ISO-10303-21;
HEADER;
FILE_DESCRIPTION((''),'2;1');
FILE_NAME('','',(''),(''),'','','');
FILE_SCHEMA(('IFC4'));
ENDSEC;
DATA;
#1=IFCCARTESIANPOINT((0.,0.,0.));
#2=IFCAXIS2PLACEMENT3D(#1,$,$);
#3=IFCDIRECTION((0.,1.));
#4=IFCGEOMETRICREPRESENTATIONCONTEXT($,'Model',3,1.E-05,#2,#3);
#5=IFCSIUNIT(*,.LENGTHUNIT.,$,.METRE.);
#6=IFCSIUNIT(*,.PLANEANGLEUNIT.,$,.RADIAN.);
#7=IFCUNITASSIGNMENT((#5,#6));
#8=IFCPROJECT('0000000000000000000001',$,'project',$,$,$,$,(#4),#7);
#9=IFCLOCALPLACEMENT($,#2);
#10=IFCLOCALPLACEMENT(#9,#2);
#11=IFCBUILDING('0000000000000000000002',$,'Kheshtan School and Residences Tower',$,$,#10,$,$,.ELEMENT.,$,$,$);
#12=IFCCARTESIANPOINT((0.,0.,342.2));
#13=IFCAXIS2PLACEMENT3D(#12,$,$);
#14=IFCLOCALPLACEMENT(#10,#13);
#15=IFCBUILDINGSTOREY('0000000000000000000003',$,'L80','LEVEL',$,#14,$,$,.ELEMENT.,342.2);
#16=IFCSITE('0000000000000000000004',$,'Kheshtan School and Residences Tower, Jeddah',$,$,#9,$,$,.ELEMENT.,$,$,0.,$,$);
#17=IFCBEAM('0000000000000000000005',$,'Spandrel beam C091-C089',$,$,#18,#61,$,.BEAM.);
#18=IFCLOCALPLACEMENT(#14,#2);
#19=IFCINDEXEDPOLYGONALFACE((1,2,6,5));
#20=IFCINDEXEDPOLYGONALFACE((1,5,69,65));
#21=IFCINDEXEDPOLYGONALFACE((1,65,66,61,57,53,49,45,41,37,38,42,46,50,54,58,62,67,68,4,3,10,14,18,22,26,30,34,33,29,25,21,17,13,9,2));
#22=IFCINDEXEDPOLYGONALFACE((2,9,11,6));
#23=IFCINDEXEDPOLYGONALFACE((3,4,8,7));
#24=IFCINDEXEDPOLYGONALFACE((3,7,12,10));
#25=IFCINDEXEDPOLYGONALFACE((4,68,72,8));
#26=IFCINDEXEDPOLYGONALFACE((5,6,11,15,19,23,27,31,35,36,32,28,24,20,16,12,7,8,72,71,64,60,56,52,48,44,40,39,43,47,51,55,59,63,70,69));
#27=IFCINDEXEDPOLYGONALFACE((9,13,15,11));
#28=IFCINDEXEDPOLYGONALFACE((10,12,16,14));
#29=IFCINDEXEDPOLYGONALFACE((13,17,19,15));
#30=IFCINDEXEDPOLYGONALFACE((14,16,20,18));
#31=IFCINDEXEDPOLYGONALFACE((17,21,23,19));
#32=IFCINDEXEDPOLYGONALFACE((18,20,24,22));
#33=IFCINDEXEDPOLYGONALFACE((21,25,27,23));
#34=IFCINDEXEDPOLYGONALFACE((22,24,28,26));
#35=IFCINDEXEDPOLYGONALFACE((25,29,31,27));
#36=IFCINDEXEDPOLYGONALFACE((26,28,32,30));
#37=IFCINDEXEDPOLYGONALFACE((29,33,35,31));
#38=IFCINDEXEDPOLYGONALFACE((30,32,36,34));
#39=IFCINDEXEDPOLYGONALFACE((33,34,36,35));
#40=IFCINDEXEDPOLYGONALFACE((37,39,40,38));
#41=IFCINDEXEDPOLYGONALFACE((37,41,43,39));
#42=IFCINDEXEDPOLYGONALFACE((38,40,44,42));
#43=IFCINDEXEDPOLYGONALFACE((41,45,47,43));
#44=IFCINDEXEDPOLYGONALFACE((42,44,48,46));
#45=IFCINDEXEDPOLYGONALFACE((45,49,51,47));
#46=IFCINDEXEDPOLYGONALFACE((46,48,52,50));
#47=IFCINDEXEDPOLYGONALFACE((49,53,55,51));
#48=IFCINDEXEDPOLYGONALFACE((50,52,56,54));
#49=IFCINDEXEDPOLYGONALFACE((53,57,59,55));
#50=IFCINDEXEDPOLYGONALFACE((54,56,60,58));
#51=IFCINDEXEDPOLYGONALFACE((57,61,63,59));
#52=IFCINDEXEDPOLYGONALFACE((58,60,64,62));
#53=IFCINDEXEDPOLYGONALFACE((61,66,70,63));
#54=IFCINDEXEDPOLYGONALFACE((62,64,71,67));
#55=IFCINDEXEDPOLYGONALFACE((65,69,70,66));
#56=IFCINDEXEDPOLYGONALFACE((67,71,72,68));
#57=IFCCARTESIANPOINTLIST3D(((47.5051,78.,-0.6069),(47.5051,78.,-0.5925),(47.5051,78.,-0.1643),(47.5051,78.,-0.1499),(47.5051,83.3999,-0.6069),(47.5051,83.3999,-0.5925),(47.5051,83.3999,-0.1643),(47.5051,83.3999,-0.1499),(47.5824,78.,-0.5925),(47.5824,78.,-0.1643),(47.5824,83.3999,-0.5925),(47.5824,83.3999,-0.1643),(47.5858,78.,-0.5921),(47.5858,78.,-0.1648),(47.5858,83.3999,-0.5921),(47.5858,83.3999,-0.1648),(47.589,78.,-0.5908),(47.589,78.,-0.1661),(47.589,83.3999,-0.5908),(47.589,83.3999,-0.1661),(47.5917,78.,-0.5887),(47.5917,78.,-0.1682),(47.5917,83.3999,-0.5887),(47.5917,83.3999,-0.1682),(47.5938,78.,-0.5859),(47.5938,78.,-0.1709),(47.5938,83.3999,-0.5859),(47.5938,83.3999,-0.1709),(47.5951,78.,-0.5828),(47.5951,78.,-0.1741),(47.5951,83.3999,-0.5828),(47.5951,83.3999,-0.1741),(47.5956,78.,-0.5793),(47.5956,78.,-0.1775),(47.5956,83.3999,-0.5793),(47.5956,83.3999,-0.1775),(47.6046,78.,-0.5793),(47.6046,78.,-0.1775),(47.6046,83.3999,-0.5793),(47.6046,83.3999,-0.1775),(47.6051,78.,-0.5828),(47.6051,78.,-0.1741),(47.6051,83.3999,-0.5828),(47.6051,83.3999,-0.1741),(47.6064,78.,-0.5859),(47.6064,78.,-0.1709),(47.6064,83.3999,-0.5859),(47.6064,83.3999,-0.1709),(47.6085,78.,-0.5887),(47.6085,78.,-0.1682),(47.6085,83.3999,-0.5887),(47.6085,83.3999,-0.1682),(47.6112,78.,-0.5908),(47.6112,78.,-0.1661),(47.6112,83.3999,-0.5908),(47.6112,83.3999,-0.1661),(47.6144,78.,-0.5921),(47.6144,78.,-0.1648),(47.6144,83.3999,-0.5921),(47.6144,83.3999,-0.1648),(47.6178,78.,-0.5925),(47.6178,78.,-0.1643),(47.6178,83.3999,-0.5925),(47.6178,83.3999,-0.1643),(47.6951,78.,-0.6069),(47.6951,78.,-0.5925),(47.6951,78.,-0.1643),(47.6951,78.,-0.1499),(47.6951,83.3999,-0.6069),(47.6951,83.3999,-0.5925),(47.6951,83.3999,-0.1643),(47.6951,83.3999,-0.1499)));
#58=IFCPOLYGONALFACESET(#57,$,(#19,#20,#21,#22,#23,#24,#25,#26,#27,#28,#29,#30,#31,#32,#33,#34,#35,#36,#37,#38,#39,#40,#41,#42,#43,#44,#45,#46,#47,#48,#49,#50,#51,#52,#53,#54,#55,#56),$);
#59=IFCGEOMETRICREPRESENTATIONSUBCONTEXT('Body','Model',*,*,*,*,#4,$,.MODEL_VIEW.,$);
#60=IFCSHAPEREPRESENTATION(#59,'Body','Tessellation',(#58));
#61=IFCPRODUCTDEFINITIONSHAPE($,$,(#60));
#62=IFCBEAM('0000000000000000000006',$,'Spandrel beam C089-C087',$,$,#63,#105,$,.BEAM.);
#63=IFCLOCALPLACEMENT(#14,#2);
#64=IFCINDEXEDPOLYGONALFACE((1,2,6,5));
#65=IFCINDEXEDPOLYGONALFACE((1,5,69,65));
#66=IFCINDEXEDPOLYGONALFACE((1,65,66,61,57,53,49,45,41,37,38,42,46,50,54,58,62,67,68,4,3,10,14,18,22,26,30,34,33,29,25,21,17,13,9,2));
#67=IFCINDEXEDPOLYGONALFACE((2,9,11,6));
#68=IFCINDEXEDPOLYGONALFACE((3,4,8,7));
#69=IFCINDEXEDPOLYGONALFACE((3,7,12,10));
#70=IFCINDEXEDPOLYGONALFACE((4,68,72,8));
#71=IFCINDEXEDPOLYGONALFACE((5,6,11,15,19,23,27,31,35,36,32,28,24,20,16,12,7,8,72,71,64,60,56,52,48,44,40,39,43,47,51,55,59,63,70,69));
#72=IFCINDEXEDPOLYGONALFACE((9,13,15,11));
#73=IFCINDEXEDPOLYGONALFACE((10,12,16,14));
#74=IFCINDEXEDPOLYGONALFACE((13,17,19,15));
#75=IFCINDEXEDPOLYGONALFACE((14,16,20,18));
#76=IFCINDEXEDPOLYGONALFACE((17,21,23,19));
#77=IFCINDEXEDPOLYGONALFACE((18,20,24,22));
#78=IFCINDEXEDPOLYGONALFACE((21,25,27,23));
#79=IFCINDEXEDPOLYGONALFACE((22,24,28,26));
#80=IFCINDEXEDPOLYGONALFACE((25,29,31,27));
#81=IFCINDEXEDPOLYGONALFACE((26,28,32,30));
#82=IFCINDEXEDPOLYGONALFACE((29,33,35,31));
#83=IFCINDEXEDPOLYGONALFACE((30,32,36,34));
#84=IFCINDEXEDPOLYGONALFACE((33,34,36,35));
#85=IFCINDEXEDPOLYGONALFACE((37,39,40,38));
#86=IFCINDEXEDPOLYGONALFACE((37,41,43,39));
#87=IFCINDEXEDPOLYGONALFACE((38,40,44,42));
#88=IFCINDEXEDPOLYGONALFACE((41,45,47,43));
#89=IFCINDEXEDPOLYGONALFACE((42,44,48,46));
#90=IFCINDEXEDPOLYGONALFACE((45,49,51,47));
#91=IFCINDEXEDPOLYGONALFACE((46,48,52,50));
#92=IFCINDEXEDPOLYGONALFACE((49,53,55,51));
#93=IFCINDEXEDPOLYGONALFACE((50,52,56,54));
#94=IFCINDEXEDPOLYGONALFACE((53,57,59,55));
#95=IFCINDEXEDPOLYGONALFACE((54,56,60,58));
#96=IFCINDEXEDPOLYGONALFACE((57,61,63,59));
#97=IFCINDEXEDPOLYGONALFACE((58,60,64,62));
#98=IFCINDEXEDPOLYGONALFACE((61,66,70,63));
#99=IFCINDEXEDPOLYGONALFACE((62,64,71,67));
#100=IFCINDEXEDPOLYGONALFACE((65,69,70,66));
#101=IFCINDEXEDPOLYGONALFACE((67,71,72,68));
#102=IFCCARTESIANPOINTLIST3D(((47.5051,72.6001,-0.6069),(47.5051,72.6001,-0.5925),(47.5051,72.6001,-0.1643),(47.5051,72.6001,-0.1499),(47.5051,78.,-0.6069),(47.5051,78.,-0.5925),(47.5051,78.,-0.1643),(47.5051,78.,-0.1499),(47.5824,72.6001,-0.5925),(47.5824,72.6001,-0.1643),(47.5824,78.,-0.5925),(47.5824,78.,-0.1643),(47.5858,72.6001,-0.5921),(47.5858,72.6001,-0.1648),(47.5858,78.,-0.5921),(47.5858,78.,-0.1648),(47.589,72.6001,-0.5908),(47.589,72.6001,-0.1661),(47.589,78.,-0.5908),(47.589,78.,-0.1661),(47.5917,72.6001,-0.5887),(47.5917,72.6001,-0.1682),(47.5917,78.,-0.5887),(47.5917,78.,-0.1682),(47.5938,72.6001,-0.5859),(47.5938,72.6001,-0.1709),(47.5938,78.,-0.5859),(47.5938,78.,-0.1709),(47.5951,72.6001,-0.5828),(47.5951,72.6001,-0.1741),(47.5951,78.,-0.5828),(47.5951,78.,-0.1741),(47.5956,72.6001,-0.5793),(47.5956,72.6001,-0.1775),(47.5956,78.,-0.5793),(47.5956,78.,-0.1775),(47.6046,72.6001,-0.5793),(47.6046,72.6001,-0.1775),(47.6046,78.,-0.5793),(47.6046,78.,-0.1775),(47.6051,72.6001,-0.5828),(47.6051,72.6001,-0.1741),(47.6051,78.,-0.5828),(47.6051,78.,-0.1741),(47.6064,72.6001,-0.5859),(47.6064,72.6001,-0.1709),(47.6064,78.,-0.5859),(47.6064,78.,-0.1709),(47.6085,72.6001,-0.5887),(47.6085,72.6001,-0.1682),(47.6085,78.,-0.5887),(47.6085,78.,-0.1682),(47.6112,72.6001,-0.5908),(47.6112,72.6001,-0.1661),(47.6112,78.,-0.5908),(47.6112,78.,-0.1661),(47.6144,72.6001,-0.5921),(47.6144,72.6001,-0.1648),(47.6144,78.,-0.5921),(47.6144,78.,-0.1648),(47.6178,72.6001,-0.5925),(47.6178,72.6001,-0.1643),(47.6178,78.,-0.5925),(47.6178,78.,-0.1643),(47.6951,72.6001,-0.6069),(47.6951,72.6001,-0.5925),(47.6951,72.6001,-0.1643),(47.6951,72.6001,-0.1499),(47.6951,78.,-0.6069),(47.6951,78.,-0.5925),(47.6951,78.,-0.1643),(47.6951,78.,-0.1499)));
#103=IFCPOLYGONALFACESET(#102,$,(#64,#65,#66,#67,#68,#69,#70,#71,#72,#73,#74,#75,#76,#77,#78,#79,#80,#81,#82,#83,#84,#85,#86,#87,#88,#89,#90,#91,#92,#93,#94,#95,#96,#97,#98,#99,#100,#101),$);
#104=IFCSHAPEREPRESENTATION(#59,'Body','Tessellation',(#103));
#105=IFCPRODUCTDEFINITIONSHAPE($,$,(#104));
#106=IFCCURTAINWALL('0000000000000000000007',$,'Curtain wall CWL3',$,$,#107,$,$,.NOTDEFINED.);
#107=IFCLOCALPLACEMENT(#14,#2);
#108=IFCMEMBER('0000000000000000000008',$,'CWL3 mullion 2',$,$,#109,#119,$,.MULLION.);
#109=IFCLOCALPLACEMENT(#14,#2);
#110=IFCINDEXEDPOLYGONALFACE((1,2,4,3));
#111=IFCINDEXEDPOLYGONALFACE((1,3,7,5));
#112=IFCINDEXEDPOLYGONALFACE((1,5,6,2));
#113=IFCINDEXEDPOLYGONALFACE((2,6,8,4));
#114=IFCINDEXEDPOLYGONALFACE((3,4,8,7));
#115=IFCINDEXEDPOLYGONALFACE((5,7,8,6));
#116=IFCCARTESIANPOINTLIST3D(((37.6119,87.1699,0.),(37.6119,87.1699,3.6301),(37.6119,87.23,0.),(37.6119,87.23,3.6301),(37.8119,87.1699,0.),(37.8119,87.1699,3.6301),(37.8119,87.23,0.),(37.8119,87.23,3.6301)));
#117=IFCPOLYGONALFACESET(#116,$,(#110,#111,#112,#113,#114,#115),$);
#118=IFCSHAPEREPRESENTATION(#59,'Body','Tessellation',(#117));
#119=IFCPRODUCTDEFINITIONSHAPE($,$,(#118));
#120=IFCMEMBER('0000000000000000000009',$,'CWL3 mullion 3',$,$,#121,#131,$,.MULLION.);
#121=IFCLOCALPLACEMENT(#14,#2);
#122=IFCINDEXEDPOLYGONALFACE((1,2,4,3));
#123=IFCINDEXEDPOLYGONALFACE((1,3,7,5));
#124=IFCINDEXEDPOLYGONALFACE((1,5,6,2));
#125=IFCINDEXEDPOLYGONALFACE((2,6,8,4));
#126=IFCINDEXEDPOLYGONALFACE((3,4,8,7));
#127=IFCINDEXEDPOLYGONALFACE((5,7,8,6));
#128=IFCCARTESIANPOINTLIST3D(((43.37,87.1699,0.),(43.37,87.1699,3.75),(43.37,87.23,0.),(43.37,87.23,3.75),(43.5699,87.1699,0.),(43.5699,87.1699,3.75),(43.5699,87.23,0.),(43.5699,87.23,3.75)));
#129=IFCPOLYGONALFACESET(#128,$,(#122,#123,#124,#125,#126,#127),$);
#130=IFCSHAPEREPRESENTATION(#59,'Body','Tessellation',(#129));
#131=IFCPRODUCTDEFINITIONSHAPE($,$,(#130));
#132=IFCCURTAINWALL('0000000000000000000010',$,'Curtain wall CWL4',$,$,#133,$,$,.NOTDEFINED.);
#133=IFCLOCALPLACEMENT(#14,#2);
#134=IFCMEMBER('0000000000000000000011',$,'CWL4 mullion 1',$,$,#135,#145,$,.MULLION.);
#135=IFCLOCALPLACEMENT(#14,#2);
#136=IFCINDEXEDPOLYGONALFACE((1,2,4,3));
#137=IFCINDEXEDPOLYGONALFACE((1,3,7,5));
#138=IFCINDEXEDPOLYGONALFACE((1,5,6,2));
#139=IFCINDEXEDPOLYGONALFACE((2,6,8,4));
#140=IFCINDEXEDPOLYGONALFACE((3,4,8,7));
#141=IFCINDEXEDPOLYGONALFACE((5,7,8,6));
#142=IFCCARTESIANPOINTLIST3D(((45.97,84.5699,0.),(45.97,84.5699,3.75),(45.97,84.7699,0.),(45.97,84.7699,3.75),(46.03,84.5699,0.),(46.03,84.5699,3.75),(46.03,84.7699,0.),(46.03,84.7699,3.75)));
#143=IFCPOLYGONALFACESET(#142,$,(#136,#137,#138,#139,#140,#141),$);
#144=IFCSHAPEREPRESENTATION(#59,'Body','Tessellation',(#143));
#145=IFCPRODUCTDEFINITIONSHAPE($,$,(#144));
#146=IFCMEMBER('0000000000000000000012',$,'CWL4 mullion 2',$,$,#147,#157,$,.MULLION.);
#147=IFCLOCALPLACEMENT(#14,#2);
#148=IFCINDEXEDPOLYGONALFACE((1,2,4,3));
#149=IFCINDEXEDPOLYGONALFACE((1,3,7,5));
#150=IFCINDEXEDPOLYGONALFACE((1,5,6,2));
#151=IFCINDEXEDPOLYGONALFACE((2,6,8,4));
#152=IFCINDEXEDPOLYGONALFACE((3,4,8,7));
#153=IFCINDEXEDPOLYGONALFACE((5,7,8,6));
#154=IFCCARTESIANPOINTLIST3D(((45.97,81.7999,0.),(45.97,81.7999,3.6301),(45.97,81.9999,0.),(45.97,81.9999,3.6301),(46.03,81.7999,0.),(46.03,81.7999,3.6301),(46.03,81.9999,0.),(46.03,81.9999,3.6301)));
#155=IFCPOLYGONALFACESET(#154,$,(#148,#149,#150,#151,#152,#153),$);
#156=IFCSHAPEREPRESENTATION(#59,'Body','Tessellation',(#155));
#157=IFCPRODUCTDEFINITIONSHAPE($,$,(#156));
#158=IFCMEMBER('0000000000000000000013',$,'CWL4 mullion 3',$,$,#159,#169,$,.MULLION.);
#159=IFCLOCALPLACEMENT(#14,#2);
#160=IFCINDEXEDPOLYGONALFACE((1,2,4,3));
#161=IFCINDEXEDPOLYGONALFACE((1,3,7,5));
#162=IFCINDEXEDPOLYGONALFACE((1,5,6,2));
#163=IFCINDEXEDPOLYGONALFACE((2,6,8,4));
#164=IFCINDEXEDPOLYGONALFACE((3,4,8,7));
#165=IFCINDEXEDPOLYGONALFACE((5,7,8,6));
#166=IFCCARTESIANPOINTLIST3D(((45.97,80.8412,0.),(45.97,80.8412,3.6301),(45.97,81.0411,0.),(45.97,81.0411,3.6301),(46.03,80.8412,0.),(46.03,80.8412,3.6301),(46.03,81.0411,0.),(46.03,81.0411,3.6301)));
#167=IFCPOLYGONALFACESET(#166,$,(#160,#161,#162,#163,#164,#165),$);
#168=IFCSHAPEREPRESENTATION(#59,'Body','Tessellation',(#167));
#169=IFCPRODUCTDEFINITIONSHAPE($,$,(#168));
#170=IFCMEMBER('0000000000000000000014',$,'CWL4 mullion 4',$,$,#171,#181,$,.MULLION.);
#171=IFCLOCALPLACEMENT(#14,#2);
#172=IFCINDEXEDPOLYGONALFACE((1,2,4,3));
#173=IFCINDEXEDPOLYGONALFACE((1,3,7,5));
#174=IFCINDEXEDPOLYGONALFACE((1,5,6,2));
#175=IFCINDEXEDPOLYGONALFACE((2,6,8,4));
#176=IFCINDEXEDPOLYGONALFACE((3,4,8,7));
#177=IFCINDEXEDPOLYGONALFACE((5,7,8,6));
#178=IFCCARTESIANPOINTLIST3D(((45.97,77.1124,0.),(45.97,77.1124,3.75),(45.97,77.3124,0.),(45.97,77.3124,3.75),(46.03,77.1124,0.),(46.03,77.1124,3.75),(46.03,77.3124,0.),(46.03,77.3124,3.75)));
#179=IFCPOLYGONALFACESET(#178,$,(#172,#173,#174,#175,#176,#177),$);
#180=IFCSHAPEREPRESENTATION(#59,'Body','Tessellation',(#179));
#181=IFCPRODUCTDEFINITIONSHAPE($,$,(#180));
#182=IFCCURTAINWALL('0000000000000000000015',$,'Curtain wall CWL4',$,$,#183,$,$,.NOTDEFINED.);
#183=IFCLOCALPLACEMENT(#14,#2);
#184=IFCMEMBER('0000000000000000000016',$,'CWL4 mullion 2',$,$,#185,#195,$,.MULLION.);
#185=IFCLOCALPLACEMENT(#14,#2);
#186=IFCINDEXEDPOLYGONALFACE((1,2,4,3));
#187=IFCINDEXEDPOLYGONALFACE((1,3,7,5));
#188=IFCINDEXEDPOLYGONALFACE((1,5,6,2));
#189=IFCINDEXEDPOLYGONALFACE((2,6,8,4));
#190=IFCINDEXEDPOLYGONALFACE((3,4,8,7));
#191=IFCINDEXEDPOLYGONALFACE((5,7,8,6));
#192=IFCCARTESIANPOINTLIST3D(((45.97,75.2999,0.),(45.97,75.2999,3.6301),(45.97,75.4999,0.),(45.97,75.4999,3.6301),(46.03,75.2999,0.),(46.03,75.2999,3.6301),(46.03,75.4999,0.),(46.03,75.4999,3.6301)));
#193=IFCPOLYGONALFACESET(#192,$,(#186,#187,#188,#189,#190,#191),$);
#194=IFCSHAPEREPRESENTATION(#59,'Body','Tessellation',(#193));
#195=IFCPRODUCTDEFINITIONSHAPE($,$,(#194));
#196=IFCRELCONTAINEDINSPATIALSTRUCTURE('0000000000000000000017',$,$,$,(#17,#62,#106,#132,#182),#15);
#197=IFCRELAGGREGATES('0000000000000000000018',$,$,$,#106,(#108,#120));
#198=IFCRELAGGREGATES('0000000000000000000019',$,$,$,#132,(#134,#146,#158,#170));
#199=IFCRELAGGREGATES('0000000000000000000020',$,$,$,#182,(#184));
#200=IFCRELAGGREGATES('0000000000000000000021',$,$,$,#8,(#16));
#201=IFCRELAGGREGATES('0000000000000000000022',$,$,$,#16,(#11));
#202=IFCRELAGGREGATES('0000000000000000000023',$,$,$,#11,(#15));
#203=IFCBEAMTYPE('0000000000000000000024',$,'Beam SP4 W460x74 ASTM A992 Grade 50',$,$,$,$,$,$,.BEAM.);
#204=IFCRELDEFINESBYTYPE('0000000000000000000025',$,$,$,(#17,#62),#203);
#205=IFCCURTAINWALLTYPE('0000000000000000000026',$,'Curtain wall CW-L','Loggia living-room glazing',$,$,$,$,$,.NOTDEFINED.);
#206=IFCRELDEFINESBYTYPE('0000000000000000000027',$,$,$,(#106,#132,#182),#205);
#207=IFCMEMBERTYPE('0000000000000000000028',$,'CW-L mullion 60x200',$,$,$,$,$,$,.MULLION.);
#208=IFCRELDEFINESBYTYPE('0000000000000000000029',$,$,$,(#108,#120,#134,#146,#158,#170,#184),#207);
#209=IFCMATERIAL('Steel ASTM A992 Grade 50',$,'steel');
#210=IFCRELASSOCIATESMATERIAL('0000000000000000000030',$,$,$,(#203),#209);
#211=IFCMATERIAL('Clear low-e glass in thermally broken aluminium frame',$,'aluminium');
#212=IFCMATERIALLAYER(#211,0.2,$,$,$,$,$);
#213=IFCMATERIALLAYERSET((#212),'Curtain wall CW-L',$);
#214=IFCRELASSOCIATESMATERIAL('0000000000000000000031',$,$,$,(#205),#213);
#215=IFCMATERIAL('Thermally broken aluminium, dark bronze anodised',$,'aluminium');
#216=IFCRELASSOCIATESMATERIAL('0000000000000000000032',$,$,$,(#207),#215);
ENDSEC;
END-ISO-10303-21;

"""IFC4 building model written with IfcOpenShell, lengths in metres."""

from ifc_helpers import new_model, si_unit, direction, frame, origin, origin_2d, place, context, subcontext, project, spatial, rectangle, i_section, extrude, material, layer, layer_set, material_profile, profile_set, type_object, element, aggregate, save


model = new_model("IFC4")

# Units and contexts
model_context = context("Model", 3, precision=1e-05, world=origin(), true_north=direction((0.0, 1.0)))
body_context = subcontext(model_context, "Body", "Model", "MODEL_VIEW")
ifc_project = project(units=[si_unit("LENGTHUNIT", "METRE"), si_unit("PLANEANGLEUNIT", "RADIAN")], contexts=[model_context])

# Site, building, storey
site_placement = place(None, origin())
site = spatial("IfcSite", under=ifc_project, at=site_placement, Name="Kheshtan School and Residences Tower, Jeddah", CompositionType="ELEMENT", RefElevation=0.0)
building_placement = place(site_placement, origin())
building = spatial("IfcBuilding", under=site, at=building_placement, Name="Kheshtan School and Residences Tower", CompositionType="ELEMENT")
storey_placement = place(building_placement, frame((0.0, 0.0, 342.2)))
storey = spatial("IfcBuildingStorey", under=building, at=storey_placement, Name="L80", Description="LEVEL", CompositionType="ELEMENT", Elevation=342.2)

# Shared definitions
ifc_material_1 = material(Name="Steel ASTM A992 Grade 50", Category="steel")

# Beams
ifc_material_profile_1 = material_profile(ifc_material_1, i_section(OverallWidth=0.1899, OverallDepth=0.457, WebThickness=0.009, FlangeThickness=0.0144, FilletRadius=0.0132, at=origin_2d()), Name="W460x74")
ifc_profile_set_1 = profile_set([ifc_material_profile_1], Name="Steel ASTM A992 Grade 50")
beam_type = type_object("IfcBeamType", Name="Beam SP4 W460x74 ASTM A992 Grade 50", PredefinedType="BEAM", material=ifc_profile_set_1)
for number, where, z_axis, x_axis, name in (
    (1, (47.6001, 83.3999, -0.3784), (0.0, -1.0, 0.0), (1.0, 0.0, 0.0), "Spandrel beam C091-C089"),
    (2, (47.6001, 78.0, -0.3784), (0.0, -1.0, 0.0), (1.0, 0.0, 0.0), "Spandrel beam C089-C087"),
):
    element("IfcBeam", number, at=place(storey_placement, frame(where, z_axis=z_axis, x_axis=x_axis)), inside=storey, type_object=beam_type, Name=name, PredefinedType="BEAM", context=body_context, shape_type="SweptSolid", body=[
        extrude(i_section(OverallWidth=0.1899, OverallDepth=0.457, WebThickness=0.009, FlangeThickness=0.0144, FilletRadius=0.0132, at=origin_2d()), origin(), (0.0, 0.0, 1.0), 5.3999),
    ])

# Curtain walls, members
ifc_material_2 = material(Name="Clear low-e glass in thermally broken aluminium frame", Category="aluminium")
ifc_layer_1 = layer(ifc_material_2, 0.2)
ifc_layer_set_1 = layer_set([ifc_layer_1], Name="Curtain wall CW-L")
curtain_wall_type = type_object("IfcCurtainWallType", Name="Curtain wall CW-L", Description="Loggia living-room glazing", PredefinedType="NOTDEFINED", material=ifc_layer_set_1)
curtain_wall_1_placement = place(storey_placement, origin())
curtain_wall_1 = element("IfcCurtainWall", 3, at=curtain_wall_1_placement, inside=storey, type_object=curtain_wall_type, Name="Curtain wall CWL3", PredefinedType="NOTDEFINED")
ifc_material_3 = material(Name="Thermally broken aluminium, dark bronze anodised", Category="aluminium")
ifc_material_profile_2 = material_profile(ifc_material_3, rectangle(XDim=0.0601, YDim=0.2, at=origin_2d()), Name="CW-L mullion 60x200")
ifc_profile_set_2 = profile_set([ifc_material_profile_2], Name="Thermally broken aluminium, dark bronze anodised")
member_type_1 = type_object("IfcMemberType", Name="CW-L mullion 60x200", PredefinedType="MULLION", material=ifc_profile_set_2)
member_1_placement = place(storey_placement, frame((37.7119, 87.2, 0.0), z_axis=(0.0, 0.0, 1.0), x_axis=(0.0, 1.0, 0.0)))
member_1 = element("IfcMember", 4, at=member_1_placement, type_object=member_type_1, Name="CWL3 mullion 2", PredefinedType="MULLION", context=body_context, shape_type="SweptSolid", body=[
    extrude(rectangle(XDim=0.0601, YDim=0.2, at=origin_2d()), origin(), (0.0, 0.0, 1.0), 3.6301),
])
member_2_placement = place(storey_placement, frame((43.47, 87.2, 0.0), z_axis=(0.0, 0.0, 1.0), x_axis=(0.0, 1.0, 0.0)))
member_2 = element("IfcMember", 5, at=member_2_placement, type_object=member_type_1, Name="CWL3 mullion 3", PredefinedType="MULLION", context=body_context, shape_type="SweptSolid", body=[
    extrude(rectangle(XDim=0.0601, YDim=0.2, at=origin_2d()), origin(), (0.0, 0.0, 1.0), 3.75),
])
curtain_wall_2_placement = place(storey_placement, origin())
curtain_wall_2 = element("IfcCurtainWall", 6, at=curtain_wall_2_placement, inside=storey, type_object=curtain_wall_type, Name="Curtain wall CWL4", PredefinedType="NOTDEFINED")
member_3_placement = place(storey_placement, frame((46.0, 84.6699, 0.0), z_axis=(0.0, 0.0, 1.0), x_axis=(1.0, 0.0, 0.0)))
member_3 = element("IfcMember", 7, at=member_3_placement, type_object=member_type_1, Name="CWL4 mullion 1", PredefinedType="MULLION", context=body_context, shape_type="SweptSolid", body=[
    extrude(rectangle(XDim=0.0601, YDim=0.2, at=origin_2d()), origin(), (0.0, 0.0, 1.0), 3.75),
])
member_4_placement = place(storey_placement, frame((46.0, 81.8999, 0.0), z_axis=(0.0, 0.0, 1.0), x_axis=(1.0, 0.0, 0.0)))
member_4 = element("IfcMember", 8, at=member_4_placement, type_object=member_type_1, Name="CWL4 mullion 2", PredefinedType="MULLION", context=body_context, shape_type="SweptSolid", body=[
    extrude(rectangle(XDim=0.0601, YDim=0.2, at=origin_2d()), origin(), (0.0, 0.0, 1.0), 3.6301),
])
member_5_placement = place(storey_placement, frame((46.0, 80.9412, 0.0), z_axis=(0.0, 0.0, 1.0), x_axis=(1.0, 0.0, 0.0)))
member_5 = element("IfcMember", 9, at=member_5_placement, type_object=member_type_1, Name="CWL4 mullion 3", PredefinedType="MULLION", context=body_context, shape_type="SweptSolid", body=[
    extrude(rectangle(XDim=0.0601, YDim=0.2, at=origin_2d()), origin(), (0.0, 0.0, 1.0), 3.6301),
])
member_6_placement = place(storey_placement, frame((46.0, 77.2124, 0.0), z_axis=(0.0, 0.0, 1.0), x_axis=(1.0, 0.0, 0.0)))
member_6 = element("IfcMember", 10, at=member_6_placement, type_object=member_type_1, Name="CWL4 mullion 4", PredefinedType="MULLION", context=body_context, shape_type="SweptSolid", body=[
    extrude(rectangle(XDim=0.0601, YDim=0.2, at=origin_2d()), origin(), (0.0, 0.0, 1.0), 3.75),
])

# Curtain wall, member
curtain_wall_3_placement = place(storey_placement, origin())
curtain_wall_3 = element("IfcCurtainWall", 11, at=curtain_wall_3_placement, inside=storey, type_object=curtain_wall_type, Name="Curtain wall CWL4", PredefinedType="NOTDEFINED")
member_7_placement = place(storey_placement, frame((46.0, 75.3999, 0.0), z_axis=(0.0, 0.0, 1.0), x_axis=(1.0, 0.0, 0.0)))
member_7 = element("IfcMember", 12, at=member_7_placement, type_object=member_type_1, Name="CWL4 mullion 2", PredefinedType="MULLION", context=body_context, shape_type="SweptSolid", body=[
    extrude(rectangle(XDim=0.0601, YDim=0.2, at=origin_2d()), origin(), (0.0, 0.0, 1.0), 3.6301),
])

aggregate(curtain_wall_1, [member_1, member_2])
aggregate(curtain_wall_2, [member_3, member_4, member_5, member_6])
aggregate(curtain_wall_3, [member_7])

save(model, "model.ifc")
